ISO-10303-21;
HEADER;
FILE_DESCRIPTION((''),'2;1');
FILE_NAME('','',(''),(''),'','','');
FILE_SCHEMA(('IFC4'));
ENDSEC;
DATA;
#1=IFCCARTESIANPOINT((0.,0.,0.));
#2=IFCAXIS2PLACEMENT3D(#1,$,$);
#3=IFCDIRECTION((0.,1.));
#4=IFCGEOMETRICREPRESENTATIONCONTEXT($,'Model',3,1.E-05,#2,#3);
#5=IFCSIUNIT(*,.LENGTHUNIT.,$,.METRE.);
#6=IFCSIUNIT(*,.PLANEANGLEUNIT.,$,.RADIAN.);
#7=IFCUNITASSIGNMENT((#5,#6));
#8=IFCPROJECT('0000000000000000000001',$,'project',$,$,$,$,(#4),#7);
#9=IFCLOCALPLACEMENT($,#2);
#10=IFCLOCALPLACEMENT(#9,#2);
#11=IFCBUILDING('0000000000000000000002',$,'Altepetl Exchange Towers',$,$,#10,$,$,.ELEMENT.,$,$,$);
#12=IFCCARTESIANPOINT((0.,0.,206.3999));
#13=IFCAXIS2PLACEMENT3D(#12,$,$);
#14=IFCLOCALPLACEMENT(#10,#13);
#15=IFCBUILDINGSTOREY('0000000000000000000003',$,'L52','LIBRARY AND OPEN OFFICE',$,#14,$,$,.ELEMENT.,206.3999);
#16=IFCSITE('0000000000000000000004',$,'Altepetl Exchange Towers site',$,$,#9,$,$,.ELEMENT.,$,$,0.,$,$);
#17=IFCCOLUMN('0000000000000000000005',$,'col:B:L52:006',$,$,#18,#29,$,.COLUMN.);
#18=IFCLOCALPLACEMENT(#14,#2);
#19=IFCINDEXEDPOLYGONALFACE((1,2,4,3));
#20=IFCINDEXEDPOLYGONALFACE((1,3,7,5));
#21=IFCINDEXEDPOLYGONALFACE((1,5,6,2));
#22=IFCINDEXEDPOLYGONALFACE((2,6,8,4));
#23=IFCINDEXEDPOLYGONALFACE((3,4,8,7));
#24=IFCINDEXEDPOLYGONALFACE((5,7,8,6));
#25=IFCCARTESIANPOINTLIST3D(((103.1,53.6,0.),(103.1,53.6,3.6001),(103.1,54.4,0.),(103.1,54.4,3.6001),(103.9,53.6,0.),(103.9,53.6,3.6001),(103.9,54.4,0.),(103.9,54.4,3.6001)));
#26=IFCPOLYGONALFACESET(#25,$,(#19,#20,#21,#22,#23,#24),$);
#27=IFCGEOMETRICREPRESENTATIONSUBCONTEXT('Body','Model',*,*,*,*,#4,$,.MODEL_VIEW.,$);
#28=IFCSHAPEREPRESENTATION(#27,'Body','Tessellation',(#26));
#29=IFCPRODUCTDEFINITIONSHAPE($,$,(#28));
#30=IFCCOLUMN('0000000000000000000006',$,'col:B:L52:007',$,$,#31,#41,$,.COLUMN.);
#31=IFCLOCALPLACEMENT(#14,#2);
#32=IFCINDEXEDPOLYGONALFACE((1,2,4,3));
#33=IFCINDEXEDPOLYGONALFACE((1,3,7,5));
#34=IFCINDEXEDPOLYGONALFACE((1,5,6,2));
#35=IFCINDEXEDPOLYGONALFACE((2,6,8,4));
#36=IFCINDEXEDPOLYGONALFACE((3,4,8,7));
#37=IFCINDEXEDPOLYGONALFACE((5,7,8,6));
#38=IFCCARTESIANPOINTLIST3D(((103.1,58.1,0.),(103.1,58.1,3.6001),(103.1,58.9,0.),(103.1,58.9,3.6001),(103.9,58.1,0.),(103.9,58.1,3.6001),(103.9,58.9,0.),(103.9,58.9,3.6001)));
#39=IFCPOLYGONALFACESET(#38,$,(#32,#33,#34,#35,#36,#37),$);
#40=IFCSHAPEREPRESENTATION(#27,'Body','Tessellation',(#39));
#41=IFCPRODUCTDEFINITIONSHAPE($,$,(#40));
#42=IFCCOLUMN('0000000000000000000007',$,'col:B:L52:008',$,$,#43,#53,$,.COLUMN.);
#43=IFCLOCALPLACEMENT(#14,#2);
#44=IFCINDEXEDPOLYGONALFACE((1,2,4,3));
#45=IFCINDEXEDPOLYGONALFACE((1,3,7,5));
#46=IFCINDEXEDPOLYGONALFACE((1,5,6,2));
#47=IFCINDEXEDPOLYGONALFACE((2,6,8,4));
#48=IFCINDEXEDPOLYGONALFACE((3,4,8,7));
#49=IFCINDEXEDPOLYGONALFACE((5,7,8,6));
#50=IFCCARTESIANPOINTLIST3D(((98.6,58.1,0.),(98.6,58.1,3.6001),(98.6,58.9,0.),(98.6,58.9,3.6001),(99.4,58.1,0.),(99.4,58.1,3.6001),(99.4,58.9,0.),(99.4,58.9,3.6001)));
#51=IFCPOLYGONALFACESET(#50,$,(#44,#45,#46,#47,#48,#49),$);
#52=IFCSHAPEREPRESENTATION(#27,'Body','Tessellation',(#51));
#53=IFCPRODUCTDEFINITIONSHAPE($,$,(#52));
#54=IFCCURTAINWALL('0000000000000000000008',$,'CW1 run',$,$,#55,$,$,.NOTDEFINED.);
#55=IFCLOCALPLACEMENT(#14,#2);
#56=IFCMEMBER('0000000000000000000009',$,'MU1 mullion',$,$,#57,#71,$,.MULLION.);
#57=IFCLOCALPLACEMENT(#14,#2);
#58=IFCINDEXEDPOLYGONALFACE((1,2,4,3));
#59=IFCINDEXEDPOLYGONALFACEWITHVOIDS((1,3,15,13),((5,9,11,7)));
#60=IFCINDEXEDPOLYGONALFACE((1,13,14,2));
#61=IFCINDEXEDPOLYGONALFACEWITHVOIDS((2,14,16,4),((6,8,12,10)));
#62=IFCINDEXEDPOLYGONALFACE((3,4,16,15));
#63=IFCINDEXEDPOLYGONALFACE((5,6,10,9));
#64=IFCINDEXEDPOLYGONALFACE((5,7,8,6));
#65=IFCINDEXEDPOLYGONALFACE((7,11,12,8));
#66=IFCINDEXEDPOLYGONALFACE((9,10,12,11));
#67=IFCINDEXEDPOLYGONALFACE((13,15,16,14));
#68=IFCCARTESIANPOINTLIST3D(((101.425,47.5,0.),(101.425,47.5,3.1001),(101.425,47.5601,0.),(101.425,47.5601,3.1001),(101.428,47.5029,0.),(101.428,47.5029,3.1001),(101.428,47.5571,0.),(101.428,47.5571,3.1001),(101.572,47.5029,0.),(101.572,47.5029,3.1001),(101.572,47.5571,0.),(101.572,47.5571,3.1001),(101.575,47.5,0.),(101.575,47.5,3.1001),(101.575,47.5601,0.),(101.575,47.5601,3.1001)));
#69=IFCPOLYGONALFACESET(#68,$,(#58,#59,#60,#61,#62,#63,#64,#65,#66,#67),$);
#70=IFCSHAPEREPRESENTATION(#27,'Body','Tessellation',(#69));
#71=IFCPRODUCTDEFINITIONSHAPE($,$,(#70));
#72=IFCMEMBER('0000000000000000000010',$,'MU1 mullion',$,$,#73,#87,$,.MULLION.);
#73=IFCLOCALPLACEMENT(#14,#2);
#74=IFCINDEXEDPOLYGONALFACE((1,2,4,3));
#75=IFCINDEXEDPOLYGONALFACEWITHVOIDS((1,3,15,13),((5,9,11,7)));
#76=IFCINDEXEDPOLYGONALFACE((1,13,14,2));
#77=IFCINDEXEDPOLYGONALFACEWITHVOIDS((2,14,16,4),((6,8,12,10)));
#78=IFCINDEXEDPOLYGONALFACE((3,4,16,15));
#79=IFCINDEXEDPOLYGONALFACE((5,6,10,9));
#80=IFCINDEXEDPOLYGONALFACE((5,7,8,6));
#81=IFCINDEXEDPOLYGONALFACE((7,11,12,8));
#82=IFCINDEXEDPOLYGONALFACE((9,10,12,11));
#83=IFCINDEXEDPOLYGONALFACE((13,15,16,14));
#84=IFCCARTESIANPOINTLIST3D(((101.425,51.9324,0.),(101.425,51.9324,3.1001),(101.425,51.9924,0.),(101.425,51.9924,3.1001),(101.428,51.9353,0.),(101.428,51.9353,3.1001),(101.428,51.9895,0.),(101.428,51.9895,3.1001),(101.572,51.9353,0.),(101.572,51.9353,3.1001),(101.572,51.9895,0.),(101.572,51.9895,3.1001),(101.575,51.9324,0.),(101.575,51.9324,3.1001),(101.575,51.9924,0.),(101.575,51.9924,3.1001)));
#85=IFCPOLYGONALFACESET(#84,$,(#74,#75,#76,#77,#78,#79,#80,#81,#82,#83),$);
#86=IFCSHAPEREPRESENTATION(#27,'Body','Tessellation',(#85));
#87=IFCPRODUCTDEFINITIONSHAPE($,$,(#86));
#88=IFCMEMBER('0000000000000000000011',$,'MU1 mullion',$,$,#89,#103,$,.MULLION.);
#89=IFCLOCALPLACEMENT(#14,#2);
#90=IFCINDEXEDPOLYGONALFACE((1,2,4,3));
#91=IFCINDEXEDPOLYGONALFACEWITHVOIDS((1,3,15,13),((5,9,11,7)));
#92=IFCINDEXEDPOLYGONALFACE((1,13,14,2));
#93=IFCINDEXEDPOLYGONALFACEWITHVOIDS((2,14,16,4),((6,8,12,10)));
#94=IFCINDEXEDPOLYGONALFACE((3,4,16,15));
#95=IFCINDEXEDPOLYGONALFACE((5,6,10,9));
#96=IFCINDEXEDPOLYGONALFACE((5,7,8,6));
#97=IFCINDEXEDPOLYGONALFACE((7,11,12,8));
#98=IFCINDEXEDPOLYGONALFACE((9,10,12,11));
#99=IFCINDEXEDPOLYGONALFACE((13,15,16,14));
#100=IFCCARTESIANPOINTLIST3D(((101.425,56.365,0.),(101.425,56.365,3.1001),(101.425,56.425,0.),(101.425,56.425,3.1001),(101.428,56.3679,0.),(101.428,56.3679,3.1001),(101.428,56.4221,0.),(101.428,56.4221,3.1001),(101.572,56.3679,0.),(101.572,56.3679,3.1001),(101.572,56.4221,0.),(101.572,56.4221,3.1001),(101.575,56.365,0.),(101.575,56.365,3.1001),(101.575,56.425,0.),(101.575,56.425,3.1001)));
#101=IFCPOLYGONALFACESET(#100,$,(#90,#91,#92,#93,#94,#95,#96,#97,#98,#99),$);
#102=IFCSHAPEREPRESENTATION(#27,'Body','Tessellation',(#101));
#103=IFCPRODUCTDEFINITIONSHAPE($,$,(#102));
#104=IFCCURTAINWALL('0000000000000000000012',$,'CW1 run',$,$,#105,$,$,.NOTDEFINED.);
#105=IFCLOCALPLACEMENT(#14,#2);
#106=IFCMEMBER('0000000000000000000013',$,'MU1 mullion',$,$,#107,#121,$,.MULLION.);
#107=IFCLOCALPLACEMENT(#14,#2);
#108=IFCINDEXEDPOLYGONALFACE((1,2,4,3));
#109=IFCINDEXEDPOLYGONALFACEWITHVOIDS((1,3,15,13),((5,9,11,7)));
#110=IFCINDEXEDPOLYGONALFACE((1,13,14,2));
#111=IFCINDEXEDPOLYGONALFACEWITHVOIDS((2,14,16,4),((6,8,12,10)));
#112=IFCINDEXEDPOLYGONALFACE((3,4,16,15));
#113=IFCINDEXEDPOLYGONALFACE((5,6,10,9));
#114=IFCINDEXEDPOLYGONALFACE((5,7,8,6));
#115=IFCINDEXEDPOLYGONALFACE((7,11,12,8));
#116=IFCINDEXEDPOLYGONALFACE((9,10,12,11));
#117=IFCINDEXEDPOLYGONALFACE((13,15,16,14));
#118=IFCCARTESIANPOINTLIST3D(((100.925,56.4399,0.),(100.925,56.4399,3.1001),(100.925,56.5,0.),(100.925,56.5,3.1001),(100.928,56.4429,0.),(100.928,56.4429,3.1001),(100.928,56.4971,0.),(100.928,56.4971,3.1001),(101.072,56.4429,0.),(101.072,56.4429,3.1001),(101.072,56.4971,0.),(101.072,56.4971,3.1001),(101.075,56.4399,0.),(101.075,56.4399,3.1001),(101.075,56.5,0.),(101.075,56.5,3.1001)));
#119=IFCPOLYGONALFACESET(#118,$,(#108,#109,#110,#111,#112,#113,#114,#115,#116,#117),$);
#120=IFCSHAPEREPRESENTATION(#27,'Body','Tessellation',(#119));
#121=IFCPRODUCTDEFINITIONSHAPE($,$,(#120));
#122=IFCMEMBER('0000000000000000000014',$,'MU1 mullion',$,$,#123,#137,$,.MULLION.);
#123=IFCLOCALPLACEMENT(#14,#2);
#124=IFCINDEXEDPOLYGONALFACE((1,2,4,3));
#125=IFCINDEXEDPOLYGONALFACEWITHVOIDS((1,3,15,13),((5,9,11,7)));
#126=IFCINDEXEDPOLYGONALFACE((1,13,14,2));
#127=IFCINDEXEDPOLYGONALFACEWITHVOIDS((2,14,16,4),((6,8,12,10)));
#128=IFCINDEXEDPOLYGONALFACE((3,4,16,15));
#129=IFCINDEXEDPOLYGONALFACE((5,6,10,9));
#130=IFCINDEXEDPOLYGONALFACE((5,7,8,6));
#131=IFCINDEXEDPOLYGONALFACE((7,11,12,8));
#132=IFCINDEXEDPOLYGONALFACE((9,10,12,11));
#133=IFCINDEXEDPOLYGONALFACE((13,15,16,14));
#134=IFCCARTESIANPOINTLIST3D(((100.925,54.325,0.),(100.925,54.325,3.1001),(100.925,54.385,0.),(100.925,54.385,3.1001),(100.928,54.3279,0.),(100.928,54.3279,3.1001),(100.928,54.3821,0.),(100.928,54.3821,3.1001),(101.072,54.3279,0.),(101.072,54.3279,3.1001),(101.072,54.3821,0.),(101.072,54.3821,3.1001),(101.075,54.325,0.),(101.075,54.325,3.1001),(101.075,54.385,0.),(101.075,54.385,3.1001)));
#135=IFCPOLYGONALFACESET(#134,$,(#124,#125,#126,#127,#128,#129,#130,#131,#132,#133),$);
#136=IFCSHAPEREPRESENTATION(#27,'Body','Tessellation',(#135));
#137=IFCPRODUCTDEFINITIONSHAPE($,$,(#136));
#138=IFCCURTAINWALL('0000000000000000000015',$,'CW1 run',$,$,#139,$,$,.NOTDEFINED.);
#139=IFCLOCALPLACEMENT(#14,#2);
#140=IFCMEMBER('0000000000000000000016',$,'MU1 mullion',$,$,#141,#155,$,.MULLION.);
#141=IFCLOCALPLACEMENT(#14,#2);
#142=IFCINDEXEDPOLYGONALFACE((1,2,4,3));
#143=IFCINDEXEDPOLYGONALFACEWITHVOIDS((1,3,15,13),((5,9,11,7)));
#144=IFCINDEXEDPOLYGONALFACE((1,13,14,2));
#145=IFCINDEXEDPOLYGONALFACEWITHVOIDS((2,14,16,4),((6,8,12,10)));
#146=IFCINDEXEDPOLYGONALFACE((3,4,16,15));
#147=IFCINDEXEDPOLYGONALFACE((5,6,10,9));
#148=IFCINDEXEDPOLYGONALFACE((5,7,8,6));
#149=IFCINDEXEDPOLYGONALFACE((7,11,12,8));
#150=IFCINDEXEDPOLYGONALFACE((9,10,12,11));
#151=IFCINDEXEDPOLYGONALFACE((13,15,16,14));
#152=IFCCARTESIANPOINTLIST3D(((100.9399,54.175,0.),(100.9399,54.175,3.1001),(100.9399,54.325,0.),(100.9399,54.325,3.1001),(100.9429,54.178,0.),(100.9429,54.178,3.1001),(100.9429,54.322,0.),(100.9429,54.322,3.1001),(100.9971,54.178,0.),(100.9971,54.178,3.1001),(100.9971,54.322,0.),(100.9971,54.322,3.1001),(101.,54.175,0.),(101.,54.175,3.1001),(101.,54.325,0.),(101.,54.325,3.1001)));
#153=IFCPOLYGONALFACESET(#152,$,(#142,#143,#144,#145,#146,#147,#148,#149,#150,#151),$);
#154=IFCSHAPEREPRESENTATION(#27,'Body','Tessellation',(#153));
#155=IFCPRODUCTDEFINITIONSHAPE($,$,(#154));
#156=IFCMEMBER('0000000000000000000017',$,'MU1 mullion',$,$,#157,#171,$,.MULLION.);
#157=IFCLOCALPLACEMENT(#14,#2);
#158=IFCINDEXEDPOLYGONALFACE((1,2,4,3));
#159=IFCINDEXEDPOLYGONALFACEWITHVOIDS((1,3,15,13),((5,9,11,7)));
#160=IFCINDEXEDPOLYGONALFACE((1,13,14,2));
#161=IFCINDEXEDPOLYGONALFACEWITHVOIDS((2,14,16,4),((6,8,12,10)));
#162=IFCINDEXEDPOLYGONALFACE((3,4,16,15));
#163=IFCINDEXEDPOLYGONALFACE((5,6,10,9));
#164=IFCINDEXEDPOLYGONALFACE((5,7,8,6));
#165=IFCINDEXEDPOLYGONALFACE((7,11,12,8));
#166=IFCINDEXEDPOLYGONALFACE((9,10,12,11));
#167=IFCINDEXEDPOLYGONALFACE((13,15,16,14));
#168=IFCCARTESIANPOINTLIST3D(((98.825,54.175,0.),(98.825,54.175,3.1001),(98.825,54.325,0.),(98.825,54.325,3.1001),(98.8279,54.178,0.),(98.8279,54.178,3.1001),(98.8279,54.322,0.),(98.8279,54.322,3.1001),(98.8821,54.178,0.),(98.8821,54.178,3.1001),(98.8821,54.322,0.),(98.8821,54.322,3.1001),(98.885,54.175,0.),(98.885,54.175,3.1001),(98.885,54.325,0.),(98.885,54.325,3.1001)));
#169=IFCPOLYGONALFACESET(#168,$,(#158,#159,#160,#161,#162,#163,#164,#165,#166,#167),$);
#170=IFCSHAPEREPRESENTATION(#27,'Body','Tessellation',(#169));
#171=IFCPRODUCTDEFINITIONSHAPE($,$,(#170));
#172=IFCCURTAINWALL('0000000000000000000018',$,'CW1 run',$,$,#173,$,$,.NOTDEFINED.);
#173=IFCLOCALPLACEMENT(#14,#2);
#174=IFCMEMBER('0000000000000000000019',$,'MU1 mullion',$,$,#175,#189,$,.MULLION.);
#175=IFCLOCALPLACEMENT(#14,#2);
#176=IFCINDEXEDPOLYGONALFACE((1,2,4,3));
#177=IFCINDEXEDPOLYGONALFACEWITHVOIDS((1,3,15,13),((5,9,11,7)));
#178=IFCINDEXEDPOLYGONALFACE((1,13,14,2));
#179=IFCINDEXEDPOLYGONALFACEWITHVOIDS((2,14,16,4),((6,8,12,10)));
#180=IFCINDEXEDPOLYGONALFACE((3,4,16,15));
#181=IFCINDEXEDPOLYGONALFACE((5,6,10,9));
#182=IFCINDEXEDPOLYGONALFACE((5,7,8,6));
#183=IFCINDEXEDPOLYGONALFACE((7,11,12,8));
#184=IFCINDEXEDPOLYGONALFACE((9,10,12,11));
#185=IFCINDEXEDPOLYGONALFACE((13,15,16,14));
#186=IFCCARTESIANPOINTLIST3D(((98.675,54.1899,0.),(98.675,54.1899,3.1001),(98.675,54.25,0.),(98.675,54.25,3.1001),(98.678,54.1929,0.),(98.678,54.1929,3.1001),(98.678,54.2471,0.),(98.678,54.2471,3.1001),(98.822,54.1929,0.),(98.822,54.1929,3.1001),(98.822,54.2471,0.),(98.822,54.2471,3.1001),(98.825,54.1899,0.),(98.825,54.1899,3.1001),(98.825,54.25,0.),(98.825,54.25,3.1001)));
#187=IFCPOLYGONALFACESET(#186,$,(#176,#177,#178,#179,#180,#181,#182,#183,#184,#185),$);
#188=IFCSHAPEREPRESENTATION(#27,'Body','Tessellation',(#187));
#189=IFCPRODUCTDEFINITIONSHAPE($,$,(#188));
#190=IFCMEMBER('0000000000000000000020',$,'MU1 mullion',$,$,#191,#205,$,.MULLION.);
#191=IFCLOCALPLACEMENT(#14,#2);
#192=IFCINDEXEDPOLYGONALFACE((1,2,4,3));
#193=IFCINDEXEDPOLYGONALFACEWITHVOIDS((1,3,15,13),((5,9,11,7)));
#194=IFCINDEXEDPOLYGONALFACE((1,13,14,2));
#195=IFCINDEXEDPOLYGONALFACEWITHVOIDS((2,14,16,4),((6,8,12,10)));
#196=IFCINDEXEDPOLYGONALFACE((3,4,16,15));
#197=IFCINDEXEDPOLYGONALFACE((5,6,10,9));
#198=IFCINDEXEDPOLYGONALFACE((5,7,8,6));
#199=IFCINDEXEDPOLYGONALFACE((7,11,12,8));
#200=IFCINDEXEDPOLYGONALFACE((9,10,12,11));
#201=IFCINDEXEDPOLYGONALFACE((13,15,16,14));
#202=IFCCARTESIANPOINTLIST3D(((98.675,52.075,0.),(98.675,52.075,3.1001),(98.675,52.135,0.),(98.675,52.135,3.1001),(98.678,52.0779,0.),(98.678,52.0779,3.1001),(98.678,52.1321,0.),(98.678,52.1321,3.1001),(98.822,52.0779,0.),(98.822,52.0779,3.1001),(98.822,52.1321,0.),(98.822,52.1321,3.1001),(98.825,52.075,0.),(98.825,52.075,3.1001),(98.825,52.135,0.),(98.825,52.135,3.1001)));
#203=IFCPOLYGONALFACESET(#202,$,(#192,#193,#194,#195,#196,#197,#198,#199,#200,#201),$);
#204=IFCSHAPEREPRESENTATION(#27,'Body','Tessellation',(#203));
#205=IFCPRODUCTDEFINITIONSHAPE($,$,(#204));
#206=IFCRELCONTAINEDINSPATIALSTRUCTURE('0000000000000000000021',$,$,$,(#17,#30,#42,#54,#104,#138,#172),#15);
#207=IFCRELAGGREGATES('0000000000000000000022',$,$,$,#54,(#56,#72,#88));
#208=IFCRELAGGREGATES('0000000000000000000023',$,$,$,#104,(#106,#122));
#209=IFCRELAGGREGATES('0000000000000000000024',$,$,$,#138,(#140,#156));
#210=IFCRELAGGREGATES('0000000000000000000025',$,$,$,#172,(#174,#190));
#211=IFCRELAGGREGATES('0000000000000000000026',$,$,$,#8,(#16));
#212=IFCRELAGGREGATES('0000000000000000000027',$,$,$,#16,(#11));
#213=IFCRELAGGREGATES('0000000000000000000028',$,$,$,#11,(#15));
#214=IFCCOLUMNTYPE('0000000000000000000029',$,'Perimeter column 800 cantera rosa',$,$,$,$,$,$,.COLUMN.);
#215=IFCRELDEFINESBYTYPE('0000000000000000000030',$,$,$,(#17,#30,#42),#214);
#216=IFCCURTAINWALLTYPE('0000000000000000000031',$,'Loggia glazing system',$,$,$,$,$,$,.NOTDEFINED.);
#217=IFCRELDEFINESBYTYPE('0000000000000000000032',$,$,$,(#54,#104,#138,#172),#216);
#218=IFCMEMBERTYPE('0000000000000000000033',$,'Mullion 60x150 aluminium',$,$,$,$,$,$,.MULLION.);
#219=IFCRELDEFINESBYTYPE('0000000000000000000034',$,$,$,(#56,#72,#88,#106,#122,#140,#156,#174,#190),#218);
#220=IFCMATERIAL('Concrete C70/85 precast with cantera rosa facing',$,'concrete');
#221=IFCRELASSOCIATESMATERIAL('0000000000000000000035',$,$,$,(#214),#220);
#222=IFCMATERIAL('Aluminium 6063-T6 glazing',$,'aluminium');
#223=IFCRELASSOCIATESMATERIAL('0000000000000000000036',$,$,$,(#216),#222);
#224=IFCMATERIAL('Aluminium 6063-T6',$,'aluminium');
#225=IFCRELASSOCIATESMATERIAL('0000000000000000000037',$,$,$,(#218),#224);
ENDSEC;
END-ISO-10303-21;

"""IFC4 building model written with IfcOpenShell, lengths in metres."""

from ifc_helpers import new_model, si_unit, direction, frame, origin, origin_2d, place, context, subcontext, project, spatial, rectangle, hollow_rectangle, extrude, material, material_profile, profile_set, type_object, element, aggregate, save


model = new_model("IFC4")

# Units and contexts
model_context = context("Model", 3, precision=1e-05, world=origin(), true_north=direction((0.0, 1.0)))
body_context = subcontext(model_context, "Body", "Model", "MODEL_VIEW")
ifc_project = project(units=[si_unit("LENGTHUNIT", "METRE"), si_unit("PLANEANGLEUNIT", "RADIAN")], contexts=[model_context])

# Site, building, storey
site_placement = place(None, origin())
site = spatial("IfcSite", under=ifc_project, at=site_placement, Name="Altepetl Exchange Towers site", CompositionType="ELEMENT", RefElevation=0.0)
building_placement = place(site_placement, origin())
building = spatial("IfcBuilding", under=site, at=building_placement, Name="Altepetl Exchange Towers", CompositionType="ELEMENT")
storey_placement = place(building_placement, frame((0.0, 0.0, 206.3999)))
storey = spatial("IfcBuildingStorey", under=building, at=storey_placement, Name="L52", Description="LIBRARY AND OPEN OFFICE", CompositionType="ELEMENT", Elevation=206.3999)

# Columns
ifc_material_1 = material(Name="Concrete C70/85 precast with cantera rosa facing", Category="concrete")
ifc_material_profile_1 = material_profile(ifc_material_1, rectangle(XDim=0.8, YDim=0.8, at=origin_2d()), Name="800 x 800")
ifc_profile_set_1 = profile_set([ifc_material_profile_1], Name="Concrete C70/85 precast with cantera rosa facing")
column_type = type_object("IfcColumnType", Name="Perimeter column 800 cantera rosa", PredefinedType="COLUMN", material=ifc_profile_set_1)
for number, where, name in (
    (1, (103.5, 54.0, 0.0), "col:B:L52:006"),
    (2, (103.5, 58.5, 0.0), "col:B:L52:007"),
    (3, (99.0, 58.5, 0.0), "col:B:L52:008"),
):
    element("IfcColumn", number, at=place(storey_placement, frame(where)), inside=storey, type_object=column_type, Name=name, PredefinedType="COLUMN", context=body_context, shape_type="SweptSolid", body=[
        extrude(rectangle(XDim=0.8, YDim=0.8, at=origin_2d()), origin(), (0.0, 0.0, 1.0), 3.6001),
    ])

# Curtain walls, members
ifc_material_2 = material(Name="Aluminium 6063-T6 glazing", Category="aluminium")
curtain_wall_type = type_object("IfcCurtainWallType", Name="Loggia glazing system", PredefinedType="NOTDEFINED", material=ifc_material_2)
curtain_wall_1_placement = place(storey_placement, origin())
curtain_wall_1 = element("IfcCurtainWall", 4, at=curtain_wall_1_placement, inside=storey, type_object=curtain_wall_type, Name="CW1 run", PredefinedType="NOTDEFINED")
ifc_material_3 = material(Name="Aluminium 6063-T6", Category="aluminium")
ifc_material_profile_2 = material_profile(ifc_material_3, hollow_rectangle(XDim=0.0601, YDim=0.1499, WallThickness=0.0029, at=origin_2d()), Name="Mullion 60x150 aluminium")
ifc_profile_set_2 = profile_set([ifc_material_profile_2], Name="Aluminium 6063-T6")
member_type = type_object("IfcMemberType", Name="Mullion 60x150 aluminium", PredefinedType="MULLION", material=ifc_profile_set_2)
member_1_placement = place(storey_placement, frame((101.5, 47.53, 0.0), z_axis=(0.0, 0.0, 1.0), x_axis=(0.0, 1.0, 0.0)))
member_1 = element("IfcMember", 5, at=member_1_placement, type_object=member_type, Name="MU1 mullion", PredefinedType="MULLION", context=body_context, shape_type="SweptSolid", body=[
    extrude(hollow_rectangle(XDim=0.0601, YDim=0.1499, WallThickness=0.0029, at=origin_2d()), origin(), (0.0, 0.0, 1.0), 3.1001),
])
member_2_placement = place(storey_placement, frame((101.5, 51.9624, 0.0), z_axis=(0.0, 0.0, 1.0), x_axis=(0.0, 1.0, 0.0)))
member_2 = element("IfcMember", 6, at=member_2_placement, type_object=member_type, Name="MU1 mullion", PredefinedType="MULLION", context=body_context, shape_type="SweptSolid", body=[
    extrude(hollow_rectangle(XDim=0.0601, YDim=0.1499, WallThickness=0.0029, at=origin_2d()), origin(), (0.0, 0.0, 1.0), 3.1001),
])
member_3_placement = place(storey_placement, frame((101.5, 56.395, 0.0), z_axis=(0.0, 0.0, 1.0), x_axis=(0.0, 1.0, 0.0)))
member_3 = element("IfcMember", 7, at=member_3_placement, type_object=member_type, Name="MU1 mullion", PredefinedType="MULLION", context=body_context, shape_type="SweptSolid", body=[
    extrude(hollow_rectangle(XDim=0.0601, YDim=0.1499, WallThickness=0.0029, at=origin_2d()), origin(), (0.0, 0.0, 1.0), 3.1001),
])
curtain_wall_2_placement = place(storey_placement, origin())
curtain_wall_2 = element("IfcCurtainWall", 8, at=curtain_wall_2_placement, inside=storey, type_object=curtain_wall_type, Name="CW1 run", PredefinedType="NOTDEFINED")
member_4_placement = place(storey_placement, frame((101.0, 56.47, 0.0), z_axis=(0.0, 0.0, 1.0), x_axis=(0.0, -1.0, 0.0)))
member_4 = element("IfcMember", 9, at=member_4_placement, type_object=member_type, Name="MU1 mullion", PredefinedType="MULLION", context=body_context, shape_type="SweptSolid", body=[
    extrude(hollow_rectangle(XDim=0.0601, YDim=0.1499, WallThickness=0.0029, at=origin_2d()), origin(), (0.0, 0.0, 1.0), 3.1001),
])
member_5_placement = place(storey_placement, frame((101.0, 54.355, 0.0), z_axis=(0.0, 0.0, 1.0), x_axis=(0.0, -1.0, 0.0)))
member_5 = element("IfcMember", 10, at=member_5_placement, type_object=member_type, Name="MU1 mullion", PredefinedType="MULLION", context=body_context, shape_type="SweptSolid", body=[
    extrude(hollow_rectangle(XDim=0.0601, YDim=0.1499, WallThickness=0.0029, at=origin_2d()), origin(), (0.0, 0.0, 1.0), 3.1001),
])
curtain_wall_3_placement = place(storey_placement, origin())
curtain_wall_3 = element("IfcCurtainWall", 11, at=curtain_wall_3_placement, inside=storey, type_object=curtain_wall_type, Name="CW1 run", PredefinedType="NOTDEFINED")
member_6_placement = place(storey_placement, frame((100.97, 54.25, 0.0), z_axis=(0.0, 0.0, 1.0), x_axis=(-1.0, 0.0, 0.0)))
member_6 = element("IfcMember", 12, at=member_6_placement, type_object=member_type, Name="MU1 mullion", PredefinedType="MULLION", context=body_context, shape_type="SweptSolid", body=[
    extrude(hollow_rectangle(XDim=0.0601, YDim=0.1499, WallThickness=0.0029, at=origin_2d()), origin(), (0.0, 0.0, 1.0), 3.1001),
])
member_7_placement = place(storey_placement, frame((98.855, 54.25, 0.0), z_axis=(0.0, 0.0, 1.0), x_axis=(-1.0, 0.0, 0.0)))
member_7 = element("IfcMember", 13, at=member_7_placement, type_object=member_type, Name="MU1 mullion", PredefinedType="MULLION", context=body_context, shape_type="SweptSolid", body=[
    extrude(hollow_rectangle(XDim=0.0601, YDim=0.1499, WallThickness=0.0029, at=origin_2d()), origin(), (0.0, 0.0, 1.0), 3.1001),
])
curtain_wall_4_placement = place(storey_placement, origin())
curtain_wall_4 = element("IfcCurtainWall", 14, at=curtain_wall_4_placement, inside=storey, type_object=curtain_wall_type, Name="CW1 run", PredefinedType="NOTDEFINED")
member_8_placement = place(storey_placement, frame((98.75, 54.22, 0.0), z_axis=(0.0, 0.0, 1.0), x_axis=(0.0, -1.0, 0.0)))
member_8 = element("IfcMember", 15, at=member_8_placement, type_object=member_type, Name="MU1 mullion", PredefinedType="MULLION", context=body_context, shape_type="SweptSolid", body=[
    extrude(hollow_rectangle(XDim=0.0601, YDim=0.1499, WallThickness=0.0029, at=origin_2d()), origin(), (0.0, 0.0, 1.0), 3.1001),
])
member_9_placement = place(storey_placement, frame((98.75, 52.105, 0.0), z_axis=(0.0, 0.0, 1.0), x_axis=(0.0, -1.0, 0.0)))
member_9 = element("IfcMember", 16, at=member_9_placement, type_object=member_type, Name="MU1 mullion", PredefinedType="MULLION", context=body_context, shape_type="SweptSolid", body=[
    extrude(hollow_rectangle(XDim=0.0601, YDim=0.1499, WallThickness=0.0029, at=origin_2d()), origin(), (0.0, 0.0, 1.0), 3.1001),
])

aggregate(curtain_wall_1, [member_1, member_2, member_3])
aggregate(curtain_wall_2, [member_4, member_5])
aggregate(curtain_wall_3, [member_6, member_7])
aggregate(curtain_wall_4, [member_8, member_9])

save(model, "model.ifc")
